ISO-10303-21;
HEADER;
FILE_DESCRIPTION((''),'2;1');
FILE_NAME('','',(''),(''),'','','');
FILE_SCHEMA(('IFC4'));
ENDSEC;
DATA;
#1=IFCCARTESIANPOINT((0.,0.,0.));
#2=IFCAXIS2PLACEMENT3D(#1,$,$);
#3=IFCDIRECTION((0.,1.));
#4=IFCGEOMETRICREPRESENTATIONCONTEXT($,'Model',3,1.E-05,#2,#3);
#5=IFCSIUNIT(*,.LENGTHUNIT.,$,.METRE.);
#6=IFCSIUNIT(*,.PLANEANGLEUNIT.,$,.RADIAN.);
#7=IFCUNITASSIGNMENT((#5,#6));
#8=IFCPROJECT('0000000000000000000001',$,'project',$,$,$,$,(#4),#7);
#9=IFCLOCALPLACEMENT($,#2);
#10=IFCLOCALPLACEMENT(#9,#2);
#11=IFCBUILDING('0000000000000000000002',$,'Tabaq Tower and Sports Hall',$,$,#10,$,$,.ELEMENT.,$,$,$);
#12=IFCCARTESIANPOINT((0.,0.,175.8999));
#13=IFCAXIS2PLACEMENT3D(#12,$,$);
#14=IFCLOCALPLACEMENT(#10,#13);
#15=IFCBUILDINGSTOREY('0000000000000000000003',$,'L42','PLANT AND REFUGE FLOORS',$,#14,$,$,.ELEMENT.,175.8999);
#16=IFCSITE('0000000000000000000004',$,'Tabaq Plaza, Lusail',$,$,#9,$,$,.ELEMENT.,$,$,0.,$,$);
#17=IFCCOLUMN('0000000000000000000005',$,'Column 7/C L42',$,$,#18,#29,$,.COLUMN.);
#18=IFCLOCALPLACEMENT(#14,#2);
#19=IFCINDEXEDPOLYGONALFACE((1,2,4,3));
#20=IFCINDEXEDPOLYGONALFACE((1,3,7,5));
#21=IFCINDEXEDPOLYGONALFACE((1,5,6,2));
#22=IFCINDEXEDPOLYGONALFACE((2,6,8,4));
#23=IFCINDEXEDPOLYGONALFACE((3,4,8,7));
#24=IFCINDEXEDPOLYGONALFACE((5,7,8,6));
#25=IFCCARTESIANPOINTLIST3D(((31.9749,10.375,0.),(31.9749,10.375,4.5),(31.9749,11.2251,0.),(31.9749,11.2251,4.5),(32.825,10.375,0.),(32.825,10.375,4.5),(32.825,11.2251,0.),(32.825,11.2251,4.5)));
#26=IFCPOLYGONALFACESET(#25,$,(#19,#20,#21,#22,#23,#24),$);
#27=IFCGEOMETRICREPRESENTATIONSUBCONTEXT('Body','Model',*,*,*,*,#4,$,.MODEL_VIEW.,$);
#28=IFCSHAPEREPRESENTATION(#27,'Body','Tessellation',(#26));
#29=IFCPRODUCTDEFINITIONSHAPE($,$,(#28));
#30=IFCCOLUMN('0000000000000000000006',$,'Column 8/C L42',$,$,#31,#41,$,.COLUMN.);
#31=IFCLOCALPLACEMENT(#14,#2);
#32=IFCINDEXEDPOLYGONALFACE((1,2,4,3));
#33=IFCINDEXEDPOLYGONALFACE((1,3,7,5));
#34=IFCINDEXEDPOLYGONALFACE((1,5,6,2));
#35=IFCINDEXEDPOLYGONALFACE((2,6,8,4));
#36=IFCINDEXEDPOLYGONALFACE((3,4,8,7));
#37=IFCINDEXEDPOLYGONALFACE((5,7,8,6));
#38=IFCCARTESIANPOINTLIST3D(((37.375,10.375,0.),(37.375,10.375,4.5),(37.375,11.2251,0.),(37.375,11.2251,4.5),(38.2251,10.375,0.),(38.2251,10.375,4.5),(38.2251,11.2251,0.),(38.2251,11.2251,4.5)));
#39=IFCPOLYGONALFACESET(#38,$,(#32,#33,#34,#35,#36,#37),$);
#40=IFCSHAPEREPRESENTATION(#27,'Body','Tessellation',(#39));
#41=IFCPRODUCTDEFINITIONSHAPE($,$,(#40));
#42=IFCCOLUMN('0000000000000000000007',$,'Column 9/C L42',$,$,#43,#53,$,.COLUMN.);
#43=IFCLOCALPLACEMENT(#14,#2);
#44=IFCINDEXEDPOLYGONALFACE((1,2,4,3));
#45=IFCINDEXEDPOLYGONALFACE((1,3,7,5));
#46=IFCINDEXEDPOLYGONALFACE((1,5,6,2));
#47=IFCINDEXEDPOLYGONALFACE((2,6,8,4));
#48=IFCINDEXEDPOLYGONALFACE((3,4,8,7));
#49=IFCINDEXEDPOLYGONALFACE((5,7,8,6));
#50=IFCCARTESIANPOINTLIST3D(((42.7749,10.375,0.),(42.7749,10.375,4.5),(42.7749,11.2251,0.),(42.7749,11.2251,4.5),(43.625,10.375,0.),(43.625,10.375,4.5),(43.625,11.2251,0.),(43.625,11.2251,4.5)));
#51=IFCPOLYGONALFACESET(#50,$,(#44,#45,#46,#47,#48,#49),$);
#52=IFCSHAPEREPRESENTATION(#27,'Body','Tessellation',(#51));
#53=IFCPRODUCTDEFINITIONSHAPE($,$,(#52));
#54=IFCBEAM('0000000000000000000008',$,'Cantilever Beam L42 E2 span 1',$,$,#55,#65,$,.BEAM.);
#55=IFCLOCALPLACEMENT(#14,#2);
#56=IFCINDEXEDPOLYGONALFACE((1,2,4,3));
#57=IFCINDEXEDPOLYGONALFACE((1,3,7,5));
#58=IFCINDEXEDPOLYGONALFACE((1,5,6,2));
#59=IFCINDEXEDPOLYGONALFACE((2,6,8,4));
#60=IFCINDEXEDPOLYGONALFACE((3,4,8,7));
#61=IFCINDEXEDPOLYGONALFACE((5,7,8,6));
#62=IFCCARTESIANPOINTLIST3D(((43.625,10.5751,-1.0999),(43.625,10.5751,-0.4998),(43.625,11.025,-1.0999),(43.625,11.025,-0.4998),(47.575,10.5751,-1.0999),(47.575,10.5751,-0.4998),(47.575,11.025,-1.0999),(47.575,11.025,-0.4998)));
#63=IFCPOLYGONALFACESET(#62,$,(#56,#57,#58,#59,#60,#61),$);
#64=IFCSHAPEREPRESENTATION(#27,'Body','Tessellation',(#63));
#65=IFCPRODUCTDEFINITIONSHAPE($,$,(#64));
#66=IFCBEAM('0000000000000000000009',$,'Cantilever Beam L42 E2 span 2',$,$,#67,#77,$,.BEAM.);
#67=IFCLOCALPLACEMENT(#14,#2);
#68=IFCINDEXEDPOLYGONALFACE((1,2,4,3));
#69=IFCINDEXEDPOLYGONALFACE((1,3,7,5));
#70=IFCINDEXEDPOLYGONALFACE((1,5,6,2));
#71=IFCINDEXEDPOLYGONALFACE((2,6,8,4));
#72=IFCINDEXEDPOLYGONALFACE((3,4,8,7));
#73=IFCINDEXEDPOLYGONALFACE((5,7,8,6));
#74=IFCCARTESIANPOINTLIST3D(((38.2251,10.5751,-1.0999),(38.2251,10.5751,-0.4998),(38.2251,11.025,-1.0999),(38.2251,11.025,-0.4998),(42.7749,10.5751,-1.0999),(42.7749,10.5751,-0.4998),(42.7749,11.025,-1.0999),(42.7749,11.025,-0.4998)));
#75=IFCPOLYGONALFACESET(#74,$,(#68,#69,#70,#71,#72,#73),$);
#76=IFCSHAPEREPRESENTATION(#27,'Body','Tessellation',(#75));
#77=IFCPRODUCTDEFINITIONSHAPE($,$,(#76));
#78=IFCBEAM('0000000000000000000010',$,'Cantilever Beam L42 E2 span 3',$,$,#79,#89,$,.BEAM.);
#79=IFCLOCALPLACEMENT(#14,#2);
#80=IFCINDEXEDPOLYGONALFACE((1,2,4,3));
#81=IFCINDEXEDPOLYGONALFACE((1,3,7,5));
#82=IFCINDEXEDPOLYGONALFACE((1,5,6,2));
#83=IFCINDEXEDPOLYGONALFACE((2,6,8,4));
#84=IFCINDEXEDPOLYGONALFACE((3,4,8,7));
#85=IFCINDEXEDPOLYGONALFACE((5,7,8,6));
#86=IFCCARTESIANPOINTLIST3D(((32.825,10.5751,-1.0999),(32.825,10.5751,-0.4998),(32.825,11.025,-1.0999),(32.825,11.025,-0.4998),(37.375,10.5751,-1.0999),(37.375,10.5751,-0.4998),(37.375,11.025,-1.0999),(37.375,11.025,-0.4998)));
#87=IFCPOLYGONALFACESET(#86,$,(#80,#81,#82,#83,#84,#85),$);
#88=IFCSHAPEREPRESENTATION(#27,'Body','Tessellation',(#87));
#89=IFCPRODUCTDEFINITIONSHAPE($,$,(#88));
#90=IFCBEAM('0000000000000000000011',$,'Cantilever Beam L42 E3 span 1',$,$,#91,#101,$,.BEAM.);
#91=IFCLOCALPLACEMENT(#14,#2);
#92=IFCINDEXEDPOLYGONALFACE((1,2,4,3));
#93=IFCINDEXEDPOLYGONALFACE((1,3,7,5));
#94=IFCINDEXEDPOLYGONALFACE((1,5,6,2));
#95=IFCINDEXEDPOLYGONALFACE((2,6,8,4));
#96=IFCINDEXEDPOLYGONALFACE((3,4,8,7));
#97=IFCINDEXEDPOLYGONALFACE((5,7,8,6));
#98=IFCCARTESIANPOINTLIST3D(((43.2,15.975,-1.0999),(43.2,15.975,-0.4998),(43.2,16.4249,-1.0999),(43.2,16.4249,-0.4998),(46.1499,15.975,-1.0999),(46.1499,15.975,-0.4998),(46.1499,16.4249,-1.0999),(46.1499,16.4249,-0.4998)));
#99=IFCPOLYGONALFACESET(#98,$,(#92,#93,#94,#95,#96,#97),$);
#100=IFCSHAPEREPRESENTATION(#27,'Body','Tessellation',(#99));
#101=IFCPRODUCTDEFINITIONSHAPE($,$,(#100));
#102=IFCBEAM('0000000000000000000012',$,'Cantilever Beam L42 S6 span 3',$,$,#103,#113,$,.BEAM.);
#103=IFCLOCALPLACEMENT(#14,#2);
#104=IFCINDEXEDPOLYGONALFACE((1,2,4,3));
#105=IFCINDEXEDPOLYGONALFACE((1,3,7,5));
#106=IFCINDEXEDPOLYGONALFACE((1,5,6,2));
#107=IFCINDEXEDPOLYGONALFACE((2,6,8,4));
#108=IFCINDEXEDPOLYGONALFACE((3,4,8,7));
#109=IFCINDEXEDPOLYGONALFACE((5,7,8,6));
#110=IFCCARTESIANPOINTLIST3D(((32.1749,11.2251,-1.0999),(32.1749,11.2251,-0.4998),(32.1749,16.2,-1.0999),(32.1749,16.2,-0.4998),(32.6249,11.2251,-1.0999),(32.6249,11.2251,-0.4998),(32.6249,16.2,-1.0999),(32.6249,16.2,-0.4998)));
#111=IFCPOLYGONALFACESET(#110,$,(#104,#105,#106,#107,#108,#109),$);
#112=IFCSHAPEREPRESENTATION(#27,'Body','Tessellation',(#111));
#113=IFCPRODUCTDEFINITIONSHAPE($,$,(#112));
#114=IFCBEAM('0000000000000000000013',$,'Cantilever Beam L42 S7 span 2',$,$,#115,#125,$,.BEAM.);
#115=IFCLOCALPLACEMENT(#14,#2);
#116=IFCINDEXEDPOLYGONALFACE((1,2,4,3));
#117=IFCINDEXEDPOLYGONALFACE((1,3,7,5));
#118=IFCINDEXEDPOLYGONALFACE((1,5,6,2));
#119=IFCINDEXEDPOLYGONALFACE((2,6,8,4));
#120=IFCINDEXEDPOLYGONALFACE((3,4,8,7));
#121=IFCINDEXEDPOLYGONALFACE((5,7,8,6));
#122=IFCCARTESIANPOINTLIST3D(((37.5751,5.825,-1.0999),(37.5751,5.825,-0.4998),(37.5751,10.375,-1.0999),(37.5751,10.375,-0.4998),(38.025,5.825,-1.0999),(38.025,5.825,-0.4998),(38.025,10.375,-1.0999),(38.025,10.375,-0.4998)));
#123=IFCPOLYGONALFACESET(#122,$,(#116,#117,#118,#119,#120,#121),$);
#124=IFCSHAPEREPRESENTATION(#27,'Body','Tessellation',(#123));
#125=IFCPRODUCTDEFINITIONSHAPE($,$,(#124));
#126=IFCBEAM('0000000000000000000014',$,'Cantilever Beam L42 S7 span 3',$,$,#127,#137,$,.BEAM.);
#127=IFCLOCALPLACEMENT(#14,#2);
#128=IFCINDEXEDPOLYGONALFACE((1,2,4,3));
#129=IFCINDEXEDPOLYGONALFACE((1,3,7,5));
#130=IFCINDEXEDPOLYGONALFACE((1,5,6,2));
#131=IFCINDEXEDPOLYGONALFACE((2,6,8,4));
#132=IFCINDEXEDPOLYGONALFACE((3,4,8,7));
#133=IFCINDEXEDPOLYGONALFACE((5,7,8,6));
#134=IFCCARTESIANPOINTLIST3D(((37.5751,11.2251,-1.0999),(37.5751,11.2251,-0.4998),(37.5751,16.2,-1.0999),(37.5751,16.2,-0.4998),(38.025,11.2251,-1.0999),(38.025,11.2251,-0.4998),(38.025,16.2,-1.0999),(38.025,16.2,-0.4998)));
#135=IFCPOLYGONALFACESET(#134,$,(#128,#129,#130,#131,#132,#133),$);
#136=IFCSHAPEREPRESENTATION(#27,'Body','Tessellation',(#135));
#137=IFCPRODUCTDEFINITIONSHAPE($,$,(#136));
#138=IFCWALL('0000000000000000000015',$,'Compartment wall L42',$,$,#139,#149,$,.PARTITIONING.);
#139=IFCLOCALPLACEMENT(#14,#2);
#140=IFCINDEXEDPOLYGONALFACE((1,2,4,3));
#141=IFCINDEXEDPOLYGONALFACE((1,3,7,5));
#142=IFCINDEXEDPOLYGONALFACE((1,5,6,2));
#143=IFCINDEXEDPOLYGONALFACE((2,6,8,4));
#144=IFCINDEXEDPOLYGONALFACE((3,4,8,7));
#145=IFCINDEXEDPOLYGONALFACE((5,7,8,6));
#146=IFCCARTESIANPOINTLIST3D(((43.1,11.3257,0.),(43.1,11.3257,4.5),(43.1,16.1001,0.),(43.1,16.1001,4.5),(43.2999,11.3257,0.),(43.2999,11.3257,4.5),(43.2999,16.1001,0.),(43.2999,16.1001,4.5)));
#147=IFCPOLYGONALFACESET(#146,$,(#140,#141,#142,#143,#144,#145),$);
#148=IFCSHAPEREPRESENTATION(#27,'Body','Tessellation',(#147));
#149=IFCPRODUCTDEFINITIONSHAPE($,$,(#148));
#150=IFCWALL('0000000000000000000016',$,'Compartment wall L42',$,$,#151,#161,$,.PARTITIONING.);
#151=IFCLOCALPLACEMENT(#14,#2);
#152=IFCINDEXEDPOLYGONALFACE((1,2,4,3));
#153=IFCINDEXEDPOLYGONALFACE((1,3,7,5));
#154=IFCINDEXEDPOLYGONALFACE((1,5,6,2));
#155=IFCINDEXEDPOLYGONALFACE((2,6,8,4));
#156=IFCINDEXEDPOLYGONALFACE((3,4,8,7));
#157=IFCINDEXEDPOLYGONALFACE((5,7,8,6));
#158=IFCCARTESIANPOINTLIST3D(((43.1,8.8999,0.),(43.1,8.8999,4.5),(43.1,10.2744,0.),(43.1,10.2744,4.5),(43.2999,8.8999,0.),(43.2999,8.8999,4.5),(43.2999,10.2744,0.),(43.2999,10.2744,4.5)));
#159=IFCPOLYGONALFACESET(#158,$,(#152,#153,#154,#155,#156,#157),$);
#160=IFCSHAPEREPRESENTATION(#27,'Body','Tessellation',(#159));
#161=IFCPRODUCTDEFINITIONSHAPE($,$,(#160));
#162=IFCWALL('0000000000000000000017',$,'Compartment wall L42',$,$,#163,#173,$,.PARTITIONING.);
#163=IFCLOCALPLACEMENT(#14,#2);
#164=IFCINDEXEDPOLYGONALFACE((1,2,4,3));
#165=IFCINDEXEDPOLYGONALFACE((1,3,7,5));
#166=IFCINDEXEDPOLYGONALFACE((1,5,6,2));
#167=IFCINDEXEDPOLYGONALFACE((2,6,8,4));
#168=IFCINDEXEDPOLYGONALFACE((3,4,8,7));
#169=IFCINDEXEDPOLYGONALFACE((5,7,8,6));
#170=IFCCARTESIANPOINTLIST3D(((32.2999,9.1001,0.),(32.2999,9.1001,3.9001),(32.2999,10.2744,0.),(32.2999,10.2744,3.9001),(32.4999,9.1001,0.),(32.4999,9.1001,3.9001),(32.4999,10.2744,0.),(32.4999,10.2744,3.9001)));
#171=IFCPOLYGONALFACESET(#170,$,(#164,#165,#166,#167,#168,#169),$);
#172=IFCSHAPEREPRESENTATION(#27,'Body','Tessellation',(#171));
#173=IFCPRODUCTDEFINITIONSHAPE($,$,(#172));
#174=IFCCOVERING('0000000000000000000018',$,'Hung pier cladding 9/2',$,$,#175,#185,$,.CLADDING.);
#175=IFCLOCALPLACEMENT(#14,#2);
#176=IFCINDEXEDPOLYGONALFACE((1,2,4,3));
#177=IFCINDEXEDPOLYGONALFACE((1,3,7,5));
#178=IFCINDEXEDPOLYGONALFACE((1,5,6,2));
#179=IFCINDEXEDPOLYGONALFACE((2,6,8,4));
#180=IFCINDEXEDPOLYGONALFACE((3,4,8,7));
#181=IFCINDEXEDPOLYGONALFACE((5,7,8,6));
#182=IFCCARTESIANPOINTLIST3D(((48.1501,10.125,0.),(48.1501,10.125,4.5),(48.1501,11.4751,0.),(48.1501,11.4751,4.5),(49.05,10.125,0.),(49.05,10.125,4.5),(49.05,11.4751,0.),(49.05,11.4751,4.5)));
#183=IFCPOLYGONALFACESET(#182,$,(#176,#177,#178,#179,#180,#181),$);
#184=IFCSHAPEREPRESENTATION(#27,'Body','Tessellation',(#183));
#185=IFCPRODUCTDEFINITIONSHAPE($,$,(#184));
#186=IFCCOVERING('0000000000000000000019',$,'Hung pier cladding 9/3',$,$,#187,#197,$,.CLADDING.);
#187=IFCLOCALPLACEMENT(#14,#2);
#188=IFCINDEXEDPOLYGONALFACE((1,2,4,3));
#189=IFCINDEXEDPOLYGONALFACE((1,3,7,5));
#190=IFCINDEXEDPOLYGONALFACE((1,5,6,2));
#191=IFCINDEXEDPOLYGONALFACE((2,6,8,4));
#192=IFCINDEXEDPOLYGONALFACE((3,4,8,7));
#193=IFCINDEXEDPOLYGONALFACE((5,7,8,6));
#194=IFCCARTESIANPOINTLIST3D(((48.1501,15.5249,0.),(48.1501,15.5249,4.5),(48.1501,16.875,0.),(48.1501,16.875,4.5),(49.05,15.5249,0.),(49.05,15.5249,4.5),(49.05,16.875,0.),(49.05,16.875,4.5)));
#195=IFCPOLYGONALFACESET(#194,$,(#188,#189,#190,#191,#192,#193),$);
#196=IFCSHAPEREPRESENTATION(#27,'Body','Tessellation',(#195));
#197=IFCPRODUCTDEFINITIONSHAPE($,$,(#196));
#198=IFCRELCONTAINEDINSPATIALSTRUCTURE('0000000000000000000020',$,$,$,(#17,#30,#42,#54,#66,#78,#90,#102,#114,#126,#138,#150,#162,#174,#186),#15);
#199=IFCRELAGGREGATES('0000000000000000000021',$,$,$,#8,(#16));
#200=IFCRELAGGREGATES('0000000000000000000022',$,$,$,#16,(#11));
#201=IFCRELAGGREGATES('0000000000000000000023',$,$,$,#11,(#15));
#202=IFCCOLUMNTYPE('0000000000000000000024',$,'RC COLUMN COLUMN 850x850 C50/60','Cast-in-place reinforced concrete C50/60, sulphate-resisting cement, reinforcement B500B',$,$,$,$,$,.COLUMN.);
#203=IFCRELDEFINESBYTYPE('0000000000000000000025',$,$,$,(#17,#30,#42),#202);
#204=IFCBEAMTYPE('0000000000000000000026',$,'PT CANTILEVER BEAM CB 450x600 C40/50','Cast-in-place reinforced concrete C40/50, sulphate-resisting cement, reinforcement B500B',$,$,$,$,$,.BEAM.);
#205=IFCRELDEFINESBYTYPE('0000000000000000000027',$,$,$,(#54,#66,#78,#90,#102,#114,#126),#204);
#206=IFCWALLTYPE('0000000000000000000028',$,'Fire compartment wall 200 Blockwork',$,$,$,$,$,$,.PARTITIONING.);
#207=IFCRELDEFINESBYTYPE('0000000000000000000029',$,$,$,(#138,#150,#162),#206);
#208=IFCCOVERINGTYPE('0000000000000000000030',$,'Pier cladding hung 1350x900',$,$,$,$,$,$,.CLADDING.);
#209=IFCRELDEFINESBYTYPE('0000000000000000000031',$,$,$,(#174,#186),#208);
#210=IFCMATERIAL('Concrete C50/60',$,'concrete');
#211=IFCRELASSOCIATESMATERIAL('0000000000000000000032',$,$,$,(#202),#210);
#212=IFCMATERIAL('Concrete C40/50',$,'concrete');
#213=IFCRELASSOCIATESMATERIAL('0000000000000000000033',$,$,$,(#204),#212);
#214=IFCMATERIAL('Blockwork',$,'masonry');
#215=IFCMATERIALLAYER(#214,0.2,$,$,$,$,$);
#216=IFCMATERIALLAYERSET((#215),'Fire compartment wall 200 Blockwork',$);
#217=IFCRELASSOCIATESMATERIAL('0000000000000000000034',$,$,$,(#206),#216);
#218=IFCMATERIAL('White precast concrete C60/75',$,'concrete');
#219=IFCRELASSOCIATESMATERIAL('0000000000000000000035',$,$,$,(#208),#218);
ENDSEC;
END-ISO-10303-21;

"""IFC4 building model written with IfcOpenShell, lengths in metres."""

from ifc_helpers import new_model, si_unit, direction, frame, frame_2d, origin, origin_2d, place, context, subcontext, project, spatial, rectangle, extrude, material, layer, layer_set, material_profile, profile_set, type_object, element, save


model = new_model("IFC4")

# Units and contexts
model_context = context("Model", 3, precision=1e-05, world=origin(), true_north=direction((0.0, 1.0)))
body_context = subcontext(model_context, "Body", "Model", "MODEL_VIEW")
ifc_project = project(units=[si_unit("LENGTHUNIT", "METRE"), si_unit("PLANEANGLEUNIT", "RADIAN")], contexts=[model_context])

# Site, building, storey
site_placement = place(None, origin())
site = spatial("IfcSite", under=ifc_project, at=site_placement, Name="Tabaq Plaza, Lusail", CompositionType="ELEMENT", RefElevation=0.0)
building_placement = place(site_placement, origin())
building = spatial("IfcBuilding", under=site, at=building_placement, Name="Tabaq Tower and Sports Hall", CompositionType="ELEMENT")
storey_placement = place(building_placement, frame((0.0, 0.0, 175.8999)))
storey = spatial("IfcBuildingStorey", under=building, at=storey_placement, Name="L42", Description="PLANT AND REFUGE FLOORS", CompositionType="ELEMENT", Elevation=175.8999)

# Columns
ifc_material_1 = material(Name="Concrete C50/60", Category="concrete")
ifc_material_profile_1 = material_profile(ifc_material_1, rectangle(XDim=0.8501, YDim=0.8501, at=origin_2d()), Name="COLUMN 850x850")
ifc_profile_set_1 = profile_set([ifc_material_profile_1], Name="Concrete C50/60")
column_type = type_object("IfcColumnType", Name="RC COLUMN COLUMN 850x850 C50/60", Description="Cast-in-place reinforced concrete C50/60, sulphate-resisting cement, reinforcement B500B", PredefinedType="COLUMN", material=ifc_profile_set_1)
for number, where, z_axis, x_axis, name in (
    (1, (32.3999, 10.8, 0.0), (0.0, 0.0, 1.0), (1.0, 0.0, 0.0), "Column 7/C L42"),
    (2, (37.8, 10.8, 0.0), (0.0, 0.0, 1.0), (1.0, 0.0, 0.0), "Column 8/C L42"),
    (3, (43.2, 10.8, 0.0), (0.0, 0.0, 1.0), (1.0, 0.0, 0.0), "Column 9/C L42"),
):
    element("IfcColumn", number, at=place(storey_placement, frame(where, z_axis=z_axis, x_axis=x_axis)), inside=storey, type_object=column_type, Name=name, PredefinedType="COLUMN", context=body_context, shape_type="SweptSolid", body=[
        extrude(rectangle(XDim=0.8501, YDim=0.8501, at=origin_2d()), origin(), (0.0, 0.0, 1.0), 4.5),
    ])

# Beams
ifc_material_2 = material(Name="Concrete C40/50", Category="concrete")
ifc_material_profile_2 = material_profile(ifc_material_2, rectangle(XDim=0.45, YDim=0.6001, at=origin_2d()), Name="CB 450x600")
ifc_profile_set_2 = profile_set([ifc_material_profile_2], Name="Concrete C40/50")
beam_type = type_object("IfcBeamType", Name="PT CANTILEVER BEAM CB 450x600 C40/50", Description="Cast-in-place reinforced concrete C40/50, sulphate-resisting cement, reinforcement B500B", PredefinedType="BEAM", material=ifc_profile_set_2)
beam_1_placement = place(storey_placement, frame((47.575, 10.8, -0.7998), z_axis=(-1.0, 0.0, 0.0), x_axis=(0.0, -1.0, 0.0)))
element("IfcBeam", 4, at=beam_1_placement, inside=storey, type_object=beam_type, Name="Cantilever Beam L42 E2 span 1", PredefinedType="BEAM", context=body_context, shape_type="SweptSolid", body=[
    extrude(rectangle(XDim=0.45, YDim=0.6001, at=origin_2d()), origin(), (0.0, 0.0, 1.0), 3.95),
])
beam_2_placement = place(storey_placement, frame((42.7749, 10.8, -0.7998), z_axis=(-1.0, 0.0, 0.0), x_axis=(0.0, -1.0, 0.0)))
element("IfcBeam", 5, at=beam_2_placement, inside=storey, type_object=beam_type, Name="Cantilever Beam L42 E2 span 2", PredefinedType="BEAM", context=body_context, shape_type="SweptSolid", body=[
    extrude(rectangle(XDim=0.45, YDim=0.6001, at=origin_2d()), origin(), (0.0, 0.0, 1.0), 4.5498),
])
beam_3_placement = place(storey_placement, frame((37.375, 10.8, -0.7998), z_axis=(-1.0, 0.0, 0.0), x_axis=(0.0, -1.0, 0.0)))
element("IfcBeam", 6, at=beam_3_placement, inside=storey, type_object=beam_type, Name="Cantilever Beam L42 E2 span 3", PredefinedType="BEAM", context=body_context, shape_type="SweptSolid", body=[
    extrude(rectangle(XDim=0.45, YDim=0.6001, at=origin_2d()), origin(), (0.0, 0.0, 1.0), 4.55),
])
beam_4_placement = place(storey_placement, frame((46.1499, 16.2, -0.7998), z_axis=(-1.0, 0.0, 0.0), x_axis=(0.0, -1.0, 0.0)))
element("IfcBeam", 7, at=beam_4_placement, inside=storey, type_object=beam_type, Name="Cantilever Beam L42 E3 span 1", PredefinedType="BEAM", context=body_context, shape_type="SweptSolid", body=[
    extrude(rectangle(XDim=0.45, YDim=0.6001, at=origin_2d()), origin(), (0.0, 0.0, 1.0), 2.95),
])
beam_5_placement = place(storey_placement, frame((32.3999, 11.2251, -0.7998), z_axis=(0.0, 1.0, 0.0), x_axis=(-1.0, 0.0, 0.0)))
element("IfcBeam", 8, at=beam_5_placement, inside=storey, type_object=beam_type, Name="Cantilever Beam L42 S6 span 3", PredefinedType="BEAM", context=body_context, shape_type="SweptSolid", body=[
    extrude(rectangle(XDim=0.45, YDim=0.6001, at=origin_2d()), origin(), (0.0, 0.0, 1.0), 4.9749),
])
beam_6_placement = place(storey_placement, frame((37.8, 5.825, -0.7998), z_axis=(0.0, 1.0, 0.0), x_axis=(-1.0, 0.0, 0.0)))
element("IfcBeam", 9, at=beam_6_placement, inside=storey, type_object=beam_type, Name="Cantilever Beam L42 S7 span 2", PredefinedType="BEAM", context=body_context, shape_type="SweptSolid", body=[
    extrude(rectangle(XDim=0.45, YDim=0.6001, at=origin_2d()), origin(), (0.0, 0.0, 1.0), 4.55),
])
beam_7_placement = place(storey_placement, frame((37.8, 11.2251, -0.7998), z_axis=(0.0, 1.0, 0.0), x_axis=(-1.0, 0.0, 0.0)))
element("IfcBeam", 10, at=beam_7_placement, inside=storey, type_object=beam_type, Name="Cantilever Beam L42 S7 span 3", PredefinedType="BEAM", context=body_context, shape_type="SweptSolid", body=[
    extrude(rectangle(XDim=0.45, YDim=0.6001, at=origin_2d()), origin(), (0.0, 0.0, 1.0), 4.9749),
])

# Shared definitions
ifc_material_3 = material(Name="Blockwork", Category="masonry")
ifc_layer_1 = layer(ifc_material_3, 0.2)
ifc_layer_set_1 = layer_set([ifc_layer_1], Name="Fire compartment wall 200 Blockwork")
wall_type_1 = type_object("IfcWallType", Name="Fire compartment wall 200 Blockwork", PredefinedType="PARTITIONING", material=ifc_layer_set_1)

# Walls
wall_1_placement = place(storey_placement, frame((43.2, 16.1001, 0.0), z_axis=(0.0, 0.0, 1.0), x_axis=(0.0, -1.0, 0.0)))
element("IfcWall", 11, at=wall_1_placement, inside=storey, type_object=wall_type_1, Name="Compartment wall L42", PredefinedType="PARTITIONING", context=body_context, shape_type="SweptSolid", body=[
    extrude(rectangle(XDim=4.7744, YDim=0.2, at=frame_2d((2.3872, 0.0))), origin(), (0.0, 0.0, 1.0), 4.5),
])
wall_2_placement = place(storey_placement, frame((43.2, 10.2744, 0.0), z_axis=(0.0, 0.0, 1.0), x_axis=(0.0, -1.0, 0.0)))
element("IfcWall", 12, at=wall_2_placement, inside=storey, type_object=wall_type_1, Name="Compartment wall L42", PredefinedType="PARTITIONING", context=body_context, shape_type="SweptSolid", body=[
    extrude(rectangle(XDim=1.3745, YDim=0.2, at=frame_2d((0.6873, 0.0))), origin(), (0.0, 0.0, 1.0), 4.5),
])

# Wall
wall_3_placement = place(storey_placement, frame((32.3999, 10.2744, 0.0), z_axis=(0.0, 0.0, 1.0), x_axis=(0.0, -1.0, 0.0)))
element("IfcWall", 13, at=wall_3_placement, inside=storey, type_object=wall_type_1, Name="Compartment wall L42", PredefinedType="PARTITIONING", context=body_context, shape_type="SweptSolid", body=[
    extrude(rectangle(XDim=1.1743, YDim=0.2, at=frame_2d((0.5872, 0.0))), origin(), (0.0, 0.0, 1.0), 3.9001),
])

# Coverings
ifc_material_4 = material(Name="White precast concrete C60/75", Category="concrete")
covering_type = type_object("IfcCoveringType", Name="Pier cladding hung 1350x900", PredefinedType="CLADDING", material=ifc_material_4)
for number, where, z_axis, x_axis, name in (
    (14, (48.6001, 10.125, 0.0), (0.0, 0.0, 1.0), (0.0, 1.0, 0.0), "Hung pier cladding 9/2"),
    (15, (48.6001, 15.5249, 0.0), (0.0, 0.0, 1.0), (0.0, 1.0, 0.0), "Hung pier cladding 9/3"),
):
    element("IfcCovering", number, at=place(storey_placement, frame(where, z_axis=z_axis, x_axis=x_axis)), inside=storey, type_object=covering_type, Name=name, PredefinedType="CLADDING", context=body_context, shape_type="SweptSolid", body=[
        extrude(rectangle(XDim=1.3501, YDim=0.8999, at=frame_2d((0.675, 0.0))), origin(), (0.0, 0.0, 1.0), 4.5),
    ])

save(model, "model.ifc")
